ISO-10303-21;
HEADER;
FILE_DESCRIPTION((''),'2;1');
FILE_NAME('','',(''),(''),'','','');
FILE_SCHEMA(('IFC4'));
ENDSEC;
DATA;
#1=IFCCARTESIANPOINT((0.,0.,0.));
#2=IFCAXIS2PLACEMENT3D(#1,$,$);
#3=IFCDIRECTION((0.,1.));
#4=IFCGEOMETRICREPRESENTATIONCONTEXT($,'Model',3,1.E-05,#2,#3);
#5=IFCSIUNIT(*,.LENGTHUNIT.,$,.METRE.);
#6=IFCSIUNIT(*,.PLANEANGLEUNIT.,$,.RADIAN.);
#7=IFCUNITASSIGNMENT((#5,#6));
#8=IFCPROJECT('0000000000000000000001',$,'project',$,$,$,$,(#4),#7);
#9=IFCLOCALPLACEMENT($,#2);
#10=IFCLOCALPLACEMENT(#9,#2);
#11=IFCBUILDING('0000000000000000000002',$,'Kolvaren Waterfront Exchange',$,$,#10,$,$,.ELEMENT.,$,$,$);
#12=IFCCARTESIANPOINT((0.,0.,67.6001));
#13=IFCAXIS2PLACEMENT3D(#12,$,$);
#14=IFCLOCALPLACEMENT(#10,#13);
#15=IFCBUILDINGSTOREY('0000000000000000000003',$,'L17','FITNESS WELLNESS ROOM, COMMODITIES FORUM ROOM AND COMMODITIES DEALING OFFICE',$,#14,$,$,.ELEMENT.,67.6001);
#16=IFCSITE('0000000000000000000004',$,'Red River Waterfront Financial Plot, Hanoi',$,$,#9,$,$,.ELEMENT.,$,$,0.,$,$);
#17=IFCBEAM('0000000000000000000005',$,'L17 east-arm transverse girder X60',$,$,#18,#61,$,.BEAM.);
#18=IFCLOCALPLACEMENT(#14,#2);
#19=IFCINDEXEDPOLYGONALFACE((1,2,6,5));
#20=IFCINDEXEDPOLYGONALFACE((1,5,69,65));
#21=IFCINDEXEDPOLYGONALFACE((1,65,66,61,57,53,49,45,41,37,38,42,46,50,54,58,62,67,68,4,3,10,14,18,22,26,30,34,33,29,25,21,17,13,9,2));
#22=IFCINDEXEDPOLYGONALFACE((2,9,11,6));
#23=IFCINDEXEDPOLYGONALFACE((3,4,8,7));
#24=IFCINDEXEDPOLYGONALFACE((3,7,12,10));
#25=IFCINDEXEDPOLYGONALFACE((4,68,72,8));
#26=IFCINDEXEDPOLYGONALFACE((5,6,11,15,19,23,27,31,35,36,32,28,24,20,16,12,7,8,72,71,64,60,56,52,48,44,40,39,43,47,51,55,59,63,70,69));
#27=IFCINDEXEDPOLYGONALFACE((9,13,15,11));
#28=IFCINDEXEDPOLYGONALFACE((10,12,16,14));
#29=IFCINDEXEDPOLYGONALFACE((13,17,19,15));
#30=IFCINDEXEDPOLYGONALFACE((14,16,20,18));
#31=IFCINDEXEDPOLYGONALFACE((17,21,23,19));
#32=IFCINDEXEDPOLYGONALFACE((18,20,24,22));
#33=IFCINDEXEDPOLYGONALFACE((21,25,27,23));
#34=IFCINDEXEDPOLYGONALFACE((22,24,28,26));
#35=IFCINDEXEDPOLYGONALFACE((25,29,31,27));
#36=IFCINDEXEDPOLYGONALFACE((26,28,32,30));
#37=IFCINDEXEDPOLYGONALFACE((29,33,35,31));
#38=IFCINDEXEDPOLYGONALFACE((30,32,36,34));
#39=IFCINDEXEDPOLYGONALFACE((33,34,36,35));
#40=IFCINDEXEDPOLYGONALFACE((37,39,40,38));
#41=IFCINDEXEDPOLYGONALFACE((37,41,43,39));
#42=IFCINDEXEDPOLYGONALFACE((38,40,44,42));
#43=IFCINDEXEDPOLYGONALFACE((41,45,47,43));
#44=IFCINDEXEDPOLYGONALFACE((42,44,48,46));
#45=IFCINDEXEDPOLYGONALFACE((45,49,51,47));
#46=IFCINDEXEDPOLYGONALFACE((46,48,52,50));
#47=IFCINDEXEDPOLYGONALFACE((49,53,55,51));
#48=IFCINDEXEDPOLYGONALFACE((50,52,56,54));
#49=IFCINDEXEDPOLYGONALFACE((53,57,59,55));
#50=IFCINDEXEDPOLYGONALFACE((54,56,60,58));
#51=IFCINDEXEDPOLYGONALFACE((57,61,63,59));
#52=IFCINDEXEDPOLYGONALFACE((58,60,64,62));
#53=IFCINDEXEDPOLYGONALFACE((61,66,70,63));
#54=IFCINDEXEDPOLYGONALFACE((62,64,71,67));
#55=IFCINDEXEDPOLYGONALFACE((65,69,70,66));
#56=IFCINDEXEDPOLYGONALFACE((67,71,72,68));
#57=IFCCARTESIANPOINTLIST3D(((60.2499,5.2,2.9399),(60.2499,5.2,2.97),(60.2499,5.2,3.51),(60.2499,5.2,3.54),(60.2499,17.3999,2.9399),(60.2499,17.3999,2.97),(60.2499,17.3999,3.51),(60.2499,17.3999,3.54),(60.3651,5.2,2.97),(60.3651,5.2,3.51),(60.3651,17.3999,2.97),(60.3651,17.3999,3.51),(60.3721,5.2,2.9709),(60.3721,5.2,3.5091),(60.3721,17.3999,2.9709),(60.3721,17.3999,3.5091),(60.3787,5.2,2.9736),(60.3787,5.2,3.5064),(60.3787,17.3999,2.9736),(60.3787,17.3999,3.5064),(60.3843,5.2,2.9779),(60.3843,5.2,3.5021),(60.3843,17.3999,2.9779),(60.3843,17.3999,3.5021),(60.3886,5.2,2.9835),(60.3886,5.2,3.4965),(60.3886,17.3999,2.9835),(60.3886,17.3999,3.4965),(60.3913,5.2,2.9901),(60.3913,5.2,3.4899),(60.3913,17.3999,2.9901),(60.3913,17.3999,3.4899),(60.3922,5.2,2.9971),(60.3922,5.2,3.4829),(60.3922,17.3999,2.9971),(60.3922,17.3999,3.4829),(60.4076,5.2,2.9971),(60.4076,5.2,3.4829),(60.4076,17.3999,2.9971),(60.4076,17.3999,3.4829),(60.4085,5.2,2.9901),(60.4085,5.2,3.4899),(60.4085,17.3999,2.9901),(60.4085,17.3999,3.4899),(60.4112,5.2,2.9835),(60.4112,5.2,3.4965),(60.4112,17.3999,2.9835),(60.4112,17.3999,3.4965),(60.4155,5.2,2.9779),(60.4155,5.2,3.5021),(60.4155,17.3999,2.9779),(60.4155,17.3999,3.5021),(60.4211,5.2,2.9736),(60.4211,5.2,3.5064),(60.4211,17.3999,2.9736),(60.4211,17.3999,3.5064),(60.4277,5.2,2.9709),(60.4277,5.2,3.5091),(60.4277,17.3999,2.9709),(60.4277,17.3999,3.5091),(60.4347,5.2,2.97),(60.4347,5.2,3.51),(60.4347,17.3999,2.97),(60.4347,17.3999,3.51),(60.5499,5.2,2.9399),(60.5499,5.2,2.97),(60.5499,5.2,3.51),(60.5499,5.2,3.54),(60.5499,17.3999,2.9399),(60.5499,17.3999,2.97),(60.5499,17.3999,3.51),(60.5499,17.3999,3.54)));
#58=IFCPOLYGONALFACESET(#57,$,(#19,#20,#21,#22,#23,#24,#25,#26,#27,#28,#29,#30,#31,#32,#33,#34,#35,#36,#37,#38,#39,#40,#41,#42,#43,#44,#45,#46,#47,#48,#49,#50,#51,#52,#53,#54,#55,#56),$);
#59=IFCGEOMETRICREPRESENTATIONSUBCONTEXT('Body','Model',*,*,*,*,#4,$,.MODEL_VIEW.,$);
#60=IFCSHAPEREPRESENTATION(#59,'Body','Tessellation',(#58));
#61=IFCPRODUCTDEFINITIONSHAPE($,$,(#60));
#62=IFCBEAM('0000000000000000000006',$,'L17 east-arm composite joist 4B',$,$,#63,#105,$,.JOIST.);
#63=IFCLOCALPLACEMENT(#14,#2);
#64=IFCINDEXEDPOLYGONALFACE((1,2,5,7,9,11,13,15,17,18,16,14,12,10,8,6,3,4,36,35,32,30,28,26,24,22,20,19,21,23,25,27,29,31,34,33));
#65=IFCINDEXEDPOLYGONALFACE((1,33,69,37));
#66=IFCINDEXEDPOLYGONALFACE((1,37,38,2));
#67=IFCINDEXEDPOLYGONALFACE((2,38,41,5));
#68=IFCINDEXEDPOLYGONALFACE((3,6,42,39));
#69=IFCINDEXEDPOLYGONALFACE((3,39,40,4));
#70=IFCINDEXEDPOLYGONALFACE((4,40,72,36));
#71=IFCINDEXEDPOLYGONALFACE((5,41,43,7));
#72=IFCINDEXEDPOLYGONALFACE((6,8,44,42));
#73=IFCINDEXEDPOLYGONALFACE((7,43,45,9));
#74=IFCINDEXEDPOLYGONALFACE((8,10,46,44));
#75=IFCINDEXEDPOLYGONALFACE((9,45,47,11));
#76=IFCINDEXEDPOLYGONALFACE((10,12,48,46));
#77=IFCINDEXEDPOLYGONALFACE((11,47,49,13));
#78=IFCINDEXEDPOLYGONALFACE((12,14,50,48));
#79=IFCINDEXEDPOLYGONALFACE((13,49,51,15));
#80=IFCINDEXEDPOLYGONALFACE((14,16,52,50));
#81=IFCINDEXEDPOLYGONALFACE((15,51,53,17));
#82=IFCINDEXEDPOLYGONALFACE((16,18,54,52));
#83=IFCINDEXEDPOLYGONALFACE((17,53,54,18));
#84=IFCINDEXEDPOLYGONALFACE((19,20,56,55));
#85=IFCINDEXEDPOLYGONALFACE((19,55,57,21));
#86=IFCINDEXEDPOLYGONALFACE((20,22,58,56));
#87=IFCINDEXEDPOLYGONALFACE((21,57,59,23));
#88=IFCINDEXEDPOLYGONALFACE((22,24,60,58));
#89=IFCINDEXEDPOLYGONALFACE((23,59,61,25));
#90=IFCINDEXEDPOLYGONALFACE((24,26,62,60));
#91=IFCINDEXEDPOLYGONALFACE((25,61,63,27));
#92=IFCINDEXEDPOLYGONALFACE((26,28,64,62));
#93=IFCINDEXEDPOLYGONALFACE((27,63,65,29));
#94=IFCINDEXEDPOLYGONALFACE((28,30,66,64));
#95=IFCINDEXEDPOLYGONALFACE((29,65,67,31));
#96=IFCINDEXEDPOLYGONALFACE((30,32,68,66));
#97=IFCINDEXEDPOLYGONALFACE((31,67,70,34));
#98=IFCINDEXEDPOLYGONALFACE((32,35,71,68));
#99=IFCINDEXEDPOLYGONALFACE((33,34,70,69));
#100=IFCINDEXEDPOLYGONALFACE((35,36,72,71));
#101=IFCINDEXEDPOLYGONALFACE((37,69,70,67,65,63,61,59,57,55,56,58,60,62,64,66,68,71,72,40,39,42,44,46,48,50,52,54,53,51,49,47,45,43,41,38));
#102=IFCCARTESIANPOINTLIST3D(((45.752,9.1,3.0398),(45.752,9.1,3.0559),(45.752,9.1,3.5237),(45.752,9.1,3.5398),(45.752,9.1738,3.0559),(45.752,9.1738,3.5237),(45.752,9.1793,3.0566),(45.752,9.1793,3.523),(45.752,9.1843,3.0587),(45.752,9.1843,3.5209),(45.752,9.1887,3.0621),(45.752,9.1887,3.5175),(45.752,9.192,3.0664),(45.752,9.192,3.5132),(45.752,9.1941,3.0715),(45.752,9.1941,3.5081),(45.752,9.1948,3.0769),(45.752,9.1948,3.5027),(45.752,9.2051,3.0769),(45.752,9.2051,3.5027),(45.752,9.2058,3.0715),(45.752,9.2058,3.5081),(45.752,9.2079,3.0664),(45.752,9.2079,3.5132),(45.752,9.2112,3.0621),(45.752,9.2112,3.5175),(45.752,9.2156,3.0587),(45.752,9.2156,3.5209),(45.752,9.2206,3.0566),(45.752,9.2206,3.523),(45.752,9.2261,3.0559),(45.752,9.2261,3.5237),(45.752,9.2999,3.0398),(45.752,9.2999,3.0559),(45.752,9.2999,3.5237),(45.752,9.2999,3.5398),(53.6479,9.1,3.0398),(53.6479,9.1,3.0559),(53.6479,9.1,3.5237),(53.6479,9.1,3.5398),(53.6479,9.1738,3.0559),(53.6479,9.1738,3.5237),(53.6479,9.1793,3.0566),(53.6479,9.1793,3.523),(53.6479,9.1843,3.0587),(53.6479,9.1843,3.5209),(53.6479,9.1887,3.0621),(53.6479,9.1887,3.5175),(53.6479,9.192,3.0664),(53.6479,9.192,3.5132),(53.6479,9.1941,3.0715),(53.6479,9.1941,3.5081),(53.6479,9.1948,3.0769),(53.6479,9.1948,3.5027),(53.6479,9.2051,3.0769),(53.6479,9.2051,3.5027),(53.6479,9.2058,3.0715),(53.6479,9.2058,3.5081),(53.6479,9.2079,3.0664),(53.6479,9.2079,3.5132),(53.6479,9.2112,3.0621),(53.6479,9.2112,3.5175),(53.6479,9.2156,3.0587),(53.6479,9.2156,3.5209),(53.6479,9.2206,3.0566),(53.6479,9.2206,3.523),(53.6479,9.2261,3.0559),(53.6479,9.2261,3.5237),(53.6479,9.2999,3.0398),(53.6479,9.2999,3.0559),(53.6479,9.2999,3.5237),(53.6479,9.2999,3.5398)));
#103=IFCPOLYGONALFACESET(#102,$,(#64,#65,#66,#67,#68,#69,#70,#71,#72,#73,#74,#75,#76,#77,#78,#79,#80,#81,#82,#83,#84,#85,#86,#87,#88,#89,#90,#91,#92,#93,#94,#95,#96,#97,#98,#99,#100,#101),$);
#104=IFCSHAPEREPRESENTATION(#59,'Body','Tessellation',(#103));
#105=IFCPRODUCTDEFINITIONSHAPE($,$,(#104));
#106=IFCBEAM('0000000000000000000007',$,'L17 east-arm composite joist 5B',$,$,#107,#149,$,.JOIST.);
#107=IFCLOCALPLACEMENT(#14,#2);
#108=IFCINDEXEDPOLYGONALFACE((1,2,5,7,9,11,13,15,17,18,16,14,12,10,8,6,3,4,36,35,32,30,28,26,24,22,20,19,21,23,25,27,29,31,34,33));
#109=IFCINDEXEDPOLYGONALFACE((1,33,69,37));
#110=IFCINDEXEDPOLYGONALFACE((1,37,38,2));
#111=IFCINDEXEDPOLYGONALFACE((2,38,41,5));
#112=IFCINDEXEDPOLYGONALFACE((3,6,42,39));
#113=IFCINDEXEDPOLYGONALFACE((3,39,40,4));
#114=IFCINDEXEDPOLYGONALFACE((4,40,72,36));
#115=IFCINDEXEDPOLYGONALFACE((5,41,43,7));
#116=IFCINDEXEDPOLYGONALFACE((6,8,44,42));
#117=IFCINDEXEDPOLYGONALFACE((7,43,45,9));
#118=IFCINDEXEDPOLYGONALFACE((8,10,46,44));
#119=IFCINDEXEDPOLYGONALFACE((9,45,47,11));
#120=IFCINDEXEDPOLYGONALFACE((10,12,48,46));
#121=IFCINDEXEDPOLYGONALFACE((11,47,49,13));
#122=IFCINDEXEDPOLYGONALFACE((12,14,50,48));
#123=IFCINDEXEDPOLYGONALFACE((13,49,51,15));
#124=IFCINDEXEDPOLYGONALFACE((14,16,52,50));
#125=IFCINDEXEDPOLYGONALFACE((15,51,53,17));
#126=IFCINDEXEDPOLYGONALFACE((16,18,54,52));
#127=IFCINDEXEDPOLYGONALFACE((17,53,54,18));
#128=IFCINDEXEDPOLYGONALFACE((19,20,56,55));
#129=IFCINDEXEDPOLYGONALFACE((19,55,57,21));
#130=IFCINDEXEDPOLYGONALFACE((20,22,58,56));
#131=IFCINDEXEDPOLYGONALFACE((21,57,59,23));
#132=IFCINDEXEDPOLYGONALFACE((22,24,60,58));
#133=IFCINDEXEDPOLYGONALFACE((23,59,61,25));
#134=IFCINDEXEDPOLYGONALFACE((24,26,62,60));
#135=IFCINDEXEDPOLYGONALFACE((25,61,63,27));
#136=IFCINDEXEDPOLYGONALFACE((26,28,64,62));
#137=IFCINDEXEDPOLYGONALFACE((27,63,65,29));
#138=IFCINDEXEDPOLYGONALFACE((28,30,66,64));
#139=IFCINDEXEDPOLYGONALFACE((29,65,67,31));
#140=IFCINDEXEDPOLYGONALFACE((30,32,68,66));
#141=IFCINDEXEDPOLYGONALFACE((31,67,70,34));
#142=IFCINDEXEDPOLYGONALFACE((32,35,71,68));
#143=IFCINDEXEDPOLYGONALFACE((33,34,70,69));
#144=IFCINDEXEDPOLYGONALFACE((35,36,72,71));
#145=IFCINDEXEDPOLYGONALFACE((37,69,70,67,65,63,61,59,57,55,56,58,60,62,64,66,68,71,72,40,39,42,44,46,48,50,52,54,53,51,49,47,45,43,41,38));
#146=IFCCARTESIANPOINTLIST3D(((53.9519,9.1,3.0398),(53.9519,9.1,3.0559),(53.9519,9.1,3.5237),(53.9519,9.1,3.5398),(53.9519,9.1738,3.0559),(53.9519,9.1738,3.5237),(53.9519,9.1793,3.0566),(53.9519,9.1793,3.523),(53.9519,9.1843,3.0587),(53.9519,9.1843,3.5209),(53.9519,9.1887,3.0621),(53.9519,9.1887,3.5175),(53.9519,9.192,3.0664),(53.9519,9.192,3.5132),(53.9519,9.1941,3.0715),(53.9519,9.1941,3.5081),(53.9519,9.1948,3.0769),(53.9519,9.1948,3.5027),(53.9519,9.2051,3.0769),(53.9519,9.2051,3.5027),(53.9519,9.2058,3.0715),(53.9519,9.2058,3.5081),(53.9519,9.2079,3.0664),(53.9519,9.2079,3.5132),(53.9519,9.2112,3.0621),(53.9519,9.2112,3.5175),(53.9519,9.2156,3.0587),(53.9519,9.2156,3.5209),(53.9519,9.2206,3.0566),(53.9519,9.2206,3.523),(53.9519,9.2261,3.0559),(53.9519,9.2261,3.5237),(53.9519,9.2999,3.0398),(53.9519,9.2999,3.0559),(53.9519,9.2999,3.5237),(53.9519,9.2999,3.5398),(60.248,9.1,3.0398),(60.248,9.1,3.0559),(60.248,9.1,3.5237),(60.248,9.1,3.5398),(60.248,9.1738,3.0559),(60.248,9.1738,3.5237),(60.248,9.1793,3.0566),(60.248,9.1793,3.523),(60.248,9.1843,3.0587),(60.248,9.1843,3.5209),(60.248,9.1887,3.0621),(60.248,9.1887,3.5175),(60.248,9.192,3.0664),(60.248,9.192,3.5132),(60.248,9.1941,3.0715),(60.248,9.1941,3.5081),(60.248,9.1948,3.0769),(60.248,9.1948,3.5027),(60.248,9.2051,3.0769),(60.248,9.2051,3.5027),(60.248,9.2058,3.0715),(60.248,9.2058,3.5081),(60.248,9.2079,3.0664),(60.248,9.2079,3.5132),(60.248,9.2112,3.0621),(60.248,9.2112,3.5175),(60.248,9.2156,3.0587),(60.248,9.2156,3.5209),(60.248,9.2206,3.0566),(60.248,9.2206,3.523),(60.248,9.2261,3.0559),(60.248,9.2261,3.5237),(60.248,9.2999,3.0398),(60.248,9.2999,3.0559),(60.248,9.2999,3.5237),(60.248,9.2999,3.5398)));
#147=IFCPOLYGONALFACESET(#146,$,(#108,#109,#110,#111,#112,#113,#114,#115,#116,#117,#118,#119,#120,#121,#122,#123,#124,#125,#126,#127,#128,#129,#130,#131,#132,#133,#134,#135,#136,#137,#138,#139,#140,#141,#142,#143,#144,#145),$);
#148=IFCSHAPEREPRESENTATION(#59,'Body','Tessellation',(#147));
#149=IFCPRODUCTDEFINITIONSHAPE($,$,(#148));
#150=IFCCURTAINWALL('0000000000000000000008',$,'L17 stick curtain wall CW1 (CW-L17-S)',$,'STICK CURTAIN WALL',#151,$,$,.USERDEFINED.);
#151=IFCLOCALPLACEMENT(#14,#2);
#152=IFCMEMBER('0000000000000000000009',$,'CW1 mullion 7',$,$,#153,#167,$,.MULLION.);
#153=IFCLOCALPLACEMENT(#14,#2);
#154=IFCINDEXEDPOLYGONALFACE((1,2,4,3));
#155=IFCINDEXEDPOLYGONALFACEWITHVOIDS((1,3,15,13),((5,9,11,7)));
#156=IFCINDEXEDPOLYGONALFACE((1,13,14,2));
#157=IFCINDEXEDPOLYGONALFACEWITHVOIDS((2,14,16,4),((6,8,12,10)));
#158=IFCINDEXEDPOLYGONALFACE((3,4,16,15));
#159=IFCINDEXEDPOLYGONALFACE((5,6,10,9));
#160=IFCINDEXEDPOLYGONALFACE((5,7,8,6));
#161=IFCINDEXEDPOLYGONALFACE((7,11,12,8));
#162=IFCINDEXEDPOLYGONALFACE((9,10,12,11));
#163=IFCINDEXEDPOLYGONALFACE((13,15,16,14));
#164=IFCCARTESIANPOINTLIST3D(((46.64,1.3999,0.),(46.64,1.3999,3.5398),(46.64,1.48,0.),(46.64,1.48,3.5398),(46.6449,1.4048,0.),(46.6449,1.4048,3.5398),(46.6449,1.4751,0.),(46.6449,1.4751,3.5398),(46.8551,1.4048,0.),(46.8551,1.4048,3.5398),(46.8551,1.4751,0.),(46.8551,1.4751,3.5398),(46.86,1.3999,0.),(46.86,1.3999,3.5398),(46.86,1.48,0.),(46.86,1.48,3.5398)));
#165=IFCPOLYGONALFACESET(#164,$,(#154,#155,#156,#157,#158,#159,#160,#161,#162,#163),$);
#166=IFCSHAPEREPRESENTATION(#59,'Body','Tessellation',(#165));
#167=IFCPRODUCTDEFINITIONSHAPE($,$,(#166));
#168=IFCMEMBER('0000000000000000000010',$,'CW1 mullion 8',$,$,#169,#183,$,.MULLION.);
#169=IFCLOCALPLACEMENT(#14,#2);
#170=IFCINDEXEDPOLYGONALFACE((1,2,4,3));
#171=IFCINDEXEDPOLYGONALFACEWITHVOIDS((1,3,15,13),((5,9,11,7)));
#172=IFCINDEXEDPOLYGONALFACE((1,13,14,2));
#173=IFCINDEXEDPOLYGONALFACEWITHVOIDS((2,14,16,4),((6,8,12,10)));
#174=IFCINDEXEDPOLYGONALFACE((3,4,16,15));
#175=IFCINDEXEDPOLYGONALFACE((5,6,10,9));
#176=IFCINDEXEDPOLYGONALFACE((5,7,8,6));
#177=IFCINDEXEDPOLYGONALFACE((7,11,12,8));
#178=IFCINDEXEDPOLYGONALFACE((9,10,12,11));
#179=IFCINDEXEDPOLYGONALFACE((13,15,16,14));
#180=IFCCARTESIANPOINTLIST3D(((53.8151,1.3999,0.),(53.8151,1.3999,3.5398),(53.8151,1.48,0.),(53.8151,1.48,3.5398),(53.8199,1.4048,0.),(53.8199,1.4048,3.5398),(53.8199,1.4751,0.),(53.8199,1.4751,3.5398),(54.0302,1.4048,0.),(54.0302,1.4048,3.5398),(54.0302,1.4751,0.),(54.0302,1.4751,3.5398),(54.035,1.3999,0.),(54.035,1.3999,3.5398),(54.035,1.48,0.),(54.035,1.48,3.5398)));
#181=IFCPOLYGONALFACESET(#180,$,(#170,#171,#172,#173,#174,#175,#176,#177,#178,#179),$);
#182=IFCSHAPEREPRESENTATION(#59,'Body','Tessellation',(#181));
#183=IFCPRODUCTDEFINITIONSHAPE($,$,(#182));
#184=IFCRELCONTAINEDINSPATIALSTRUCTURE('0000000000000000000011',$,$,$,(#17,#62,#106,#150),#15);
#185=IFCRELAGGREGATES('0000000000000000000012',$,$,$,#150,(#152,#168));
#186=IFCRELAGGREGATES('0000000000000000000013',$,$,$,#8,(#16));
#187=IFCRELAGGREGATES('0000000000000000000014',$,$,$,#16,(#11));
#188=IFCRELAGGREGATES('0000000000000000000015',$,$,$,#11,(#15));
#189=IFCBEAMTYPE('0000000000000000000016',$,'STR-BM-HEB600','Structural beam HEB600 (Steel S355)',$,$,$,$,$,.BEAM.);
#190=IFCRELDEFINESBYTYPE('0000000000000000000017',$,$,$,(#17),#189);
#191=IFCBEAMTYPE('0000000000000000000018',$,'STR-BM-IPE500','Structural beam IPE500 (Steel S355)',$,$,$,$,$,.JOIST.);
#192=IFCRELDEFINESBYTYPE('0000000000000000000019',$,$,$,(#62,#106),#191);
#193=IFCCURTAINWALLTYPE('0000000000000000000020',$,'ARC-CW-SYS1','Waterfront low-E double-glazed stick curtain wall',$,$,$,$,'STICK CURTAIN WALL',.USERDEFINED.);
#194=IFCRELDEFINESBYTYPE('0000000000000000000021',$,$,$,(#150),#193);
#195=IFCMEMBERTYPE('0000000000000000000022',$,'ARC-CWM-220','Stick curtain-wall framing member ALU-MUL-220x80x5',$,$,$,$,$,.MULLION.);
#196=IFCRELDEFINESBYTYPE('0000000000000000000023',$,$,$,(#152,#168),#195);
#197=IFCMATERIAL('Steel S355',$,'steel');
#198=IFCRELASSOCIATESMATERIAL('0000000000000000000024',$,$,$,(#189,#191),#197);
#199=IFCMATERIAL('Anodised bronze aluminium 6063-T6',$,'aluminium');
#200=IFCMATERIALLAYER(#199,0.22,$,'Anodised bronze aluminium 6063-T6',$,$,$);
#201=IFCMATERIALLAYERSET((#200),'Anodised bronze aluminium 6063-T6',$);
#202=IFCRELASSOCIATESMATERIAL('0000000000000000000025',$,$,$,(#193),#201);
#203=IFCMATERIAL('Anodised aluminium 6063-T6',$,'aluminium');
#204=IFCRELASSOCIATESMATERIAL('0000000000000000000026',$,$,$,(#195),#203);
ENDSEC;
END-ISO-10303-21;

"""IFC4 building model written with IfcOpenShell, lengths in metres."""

from ifc_helpers import new_model, si_unit, direction, frame, origin, origin_with_axes, origin_2d, place, context, subcontext, project, spatial, hollow_rectangle, i_section, extrude, source, transform, mapped, material, layer, layer_set, material_profile, profile_set, type_object, element, aggregate, save


model = new_model("IFC4")

# Units and contexts
model_context = context("Model", 3, precision=1e-05, world=origin(), true_north=direction((0.0, 1.0)))
body_context = subcontext(model_context, "Body", "Model", "MODEL_VIEW")
ifc_project = project(units=[si_unit("LENGTHUNIT", "METRE"), si_unit("PLANEANGLEUNIT", "RADIAN")], contexts=[model_context])

# Site, building, storey
site_placement = place(None, origin())
site = spatial("IfcSite", under=ifc_project, at=site_placement, Name="Red River Waterfront Financial Plot, Hanoi", CompositionType="ELEMENT", RefElevation=0.0)
building_placement = place(site_placement, origin())
building = spatial("IfcBuilding", under=site, at=building_placement, Name="Kolvaren Waterfront Exchange", CompositionType="ELEMENT")
storey_placement = place(building_placement, frame((0.0, 0.0, 67.6001)))
storey = spatial("IfcBuildingStorey", under=building, at=storey_placement, Name="L17", Description="FITNESS WELLNESS ROOM, COMMODITIES FORUM ROOM AND COMMODITIES DEALING OFFICE", CompositionType="ELEMENT", Elevation=67.6001)

# Beams
ifc_material_1 = material(Name="Steel S355", Category="steel")
ifc_material_profile_1 = material_profile(ifc_material_1, i_section(OverallWidth=0.3, OverallDepth=0.6001, WebThickness=0.0154, FlangeThickness=0.03, FilletRadius=0.0271, at=origin_2d()), Name="HEB600")
ifc_profile_set_1 = profile_set([ifc_material_profile_1], Name="Steel S355")
beam_type_1 = type_object("IfcBeamType", Name="STR-BM-HEB600", Description="Structural beam HEB600 (Steel S355)", PredefinedType="BEAM", material=ifc_profile_set_1)
for number, where, z_axis, x_axis, name in (
    (1, (60.3999, 5.2, 3.24), (0.0, 1.0, 0.0), (-1.0, 0.0, 0.0), "L17 east-arm transverse girder X60"),
):
    element("IfcBeam", number, at=place(storey_placement, frame(where, z_axis=z_axis, x_axis=x_axis)), inside=storey, type_object=beam_type_1, Name=name, PredefinedType="BEAM", context=body_context, shape_type="SweptSolid", body=[
        extrude(i_section(OverallWidth=0.3, OverallDepth=0.6001, WebThickness=0.0154, FlangeThickness=0.03, FilletRadius=0.0271, at=origin_2d()), origin(), (0.0, 0.0, 1.0), 12.2),
    ])
ifc_material_profile_2 = material_profile(ifc_material_1, i_section(OverallWidth=0.2, OverallDepth=0.5, WebThickness=0.0103, FlangeThickness=0.0161, FilletRadius=0.021, at=origin_2d()), Name="IPE500")
ifc_profile_set_2 = profile_set([ifc_material_profile_2], Name="Steel S355")
beam_type_2 = type_object("IfcBeamType", Name="STR-BM-IPE500", Description="Structural beam IPE500 (Steel S355)", PredefinedType="JOIST", material=ifc_profile_set_2)
beam_1_placement = place(storey_placement, frame((45.752, 9.2, 3.2898), z_axis=(1.0, 0.0, 0.0), x_axis=(0.0, 1.0, 0.0)))
element("IfcBeam", 2, at=beam_1_placement, inside=storey, type_object=beam_type_2, Name="L17 east-arm composite joist 4B", PredefinedType="JOIST", context=body_context, shape_type="SweptSolid", body=[
    extrude(i_section(OverallWidth=0.2, OverallDepth=0.5, WebThickness=0.0103, FlangeThickness=0.0161, FilletRadius=0.021, at=origin_2d()), origin(), (0.0, 0.0, 1.0), 7.896),
])
beam_2_placement = place(storey_placement, frame((53.9519, 9.2, 3.2898), z_axis=(1.0, 0.0, 0.0), x_axis=(0.0, 1.0, 0.0)))
element("IfcBeam", 3, at=beam_2_placement, inside=storey, type_object=beam_type_2, Name="L17 east-arm composite joist 5B", PredefinedType="JOIST", context=body_context, shape_type="SweptSolid", body=[
    extrude(i_section(OverallWidth=0.2, OverallDepth=0.5, WebThickness=0.0103, FlangeThickness=0.0161, FilletRadius=0.021, at=origin_2d()), origin(), (0.0, 0.0, 1.0), 6.2961),
])

# Curtain wall, members
ifc_material_2 = material(Name="Anodised bronze aluminium 6063-T6", Category="aluminium")
ifc_layer_1 = layer(ifc_material_2, 0.22, Name="Anodised bronze aluminium 6063-T6")
ifc_layer_set_1 = layer_set([ifc_layer_1], Name="Anodised bronze aluminium 6063-T6")
curtain_wall_type = type_object("IfcCurtainWallType", Name="ARC-CW-SYS1", Description="Waterfront low-E double-glazed stick curtain wall", ElementType="STICK CURTAIN WALL", PredefinedType="USERDEFINED", material=ifc_layer_set_1)
curtain_wall_placement = place(storey_placement, origin())
curtain_wall = element("IfcCurtainWall", 4, at=curtain_wall_placement, inside=storey, type_object=curtain_wall_type, Name="L17 stick curtain wall CW1 (CW-L17-S)", ObjectType="STICK CURTAIN WALL", PredefinedType="USERDEFINED")
ifc_material_3 = material(Name="Anodised aluminium 6063-T6", Category="aluminium")
ifc_material_profile_3 = material_profile(ifc_material_3, hollow_rectangle(XDim=0.0801, YDim=0.22, WallThickness=0.0049, at=origin_2d()), Name="ALU-MUL-220x80x5")
ifc_profile_set_3 = profile_set([ifc_material_profile_3], Name="Anodised aluminium 6063-T6")
member_type_1 = type_object("IfcMemberType", Name="ARC-CWM-220", Description="Stick curtain-wall framing member ALU-MUL-220x80x5", PredefinedType="MULLION", material=ifc_profile_set_3)
shared_shape_1 = source(origin_with_axes(), body_context, "Body", "SweptSolid", [
    extrude(hollow_rectangle(XDim=0.0801, YDim=0.22, WallThickness=0.0049, at=origin_2d()), origin(), (0.0, 0.0, 1.0), 3.5398),
])
member_1_placement = place(storey_placement, frame((46.75, 1.4399, 0.0), z_axis=(0.0, 0.0, 1.0), x_axis=(0.0, 1.0, 0.0)))
member_1 = element("IfcMember", 5, at=member_1_placement, type_object=member_type_1, Name="CW1 mullion 7", PredefinedType="MULLION", context=body_context, shape_type="MappedRepresentation", body=[
    mapped(shared_shape_1, transform((0.0, 0.0, 0.0), x_axis=(1.0, 0.0, 0.0), y_axis=(0.0, 1.0, 0.0), z_axis=(0.0, 0.0, 1.0), scale=1.0)),
])
member_2_placement = place(storey_placement, frame((53.925, 1.4399, 0.0), z_axis=(0.0, 0.0, 1.0), x_axis=(0.0, 1.0, 0.0)))
member_2 = element("IfcMember", 6, at=member_2_placement, type_object=member_type_1, Name="CW1 mullion 8", PredefinedType="MULLION", context=body_context, shape_type="MappedRepresentation", body=[
    mapped(shared_shape_1, transform((0.0, 0.0, 0.0), x_axis=(1.0, 0.0, 0.0), y_axis=(0.0, 1.0, 0.0), z_axis=(0.0, 0.0, 1.0), scale=1.0)),
])
aggregate(curtain_wall, [member_1, member_2])

save(model, "model.ifc")
